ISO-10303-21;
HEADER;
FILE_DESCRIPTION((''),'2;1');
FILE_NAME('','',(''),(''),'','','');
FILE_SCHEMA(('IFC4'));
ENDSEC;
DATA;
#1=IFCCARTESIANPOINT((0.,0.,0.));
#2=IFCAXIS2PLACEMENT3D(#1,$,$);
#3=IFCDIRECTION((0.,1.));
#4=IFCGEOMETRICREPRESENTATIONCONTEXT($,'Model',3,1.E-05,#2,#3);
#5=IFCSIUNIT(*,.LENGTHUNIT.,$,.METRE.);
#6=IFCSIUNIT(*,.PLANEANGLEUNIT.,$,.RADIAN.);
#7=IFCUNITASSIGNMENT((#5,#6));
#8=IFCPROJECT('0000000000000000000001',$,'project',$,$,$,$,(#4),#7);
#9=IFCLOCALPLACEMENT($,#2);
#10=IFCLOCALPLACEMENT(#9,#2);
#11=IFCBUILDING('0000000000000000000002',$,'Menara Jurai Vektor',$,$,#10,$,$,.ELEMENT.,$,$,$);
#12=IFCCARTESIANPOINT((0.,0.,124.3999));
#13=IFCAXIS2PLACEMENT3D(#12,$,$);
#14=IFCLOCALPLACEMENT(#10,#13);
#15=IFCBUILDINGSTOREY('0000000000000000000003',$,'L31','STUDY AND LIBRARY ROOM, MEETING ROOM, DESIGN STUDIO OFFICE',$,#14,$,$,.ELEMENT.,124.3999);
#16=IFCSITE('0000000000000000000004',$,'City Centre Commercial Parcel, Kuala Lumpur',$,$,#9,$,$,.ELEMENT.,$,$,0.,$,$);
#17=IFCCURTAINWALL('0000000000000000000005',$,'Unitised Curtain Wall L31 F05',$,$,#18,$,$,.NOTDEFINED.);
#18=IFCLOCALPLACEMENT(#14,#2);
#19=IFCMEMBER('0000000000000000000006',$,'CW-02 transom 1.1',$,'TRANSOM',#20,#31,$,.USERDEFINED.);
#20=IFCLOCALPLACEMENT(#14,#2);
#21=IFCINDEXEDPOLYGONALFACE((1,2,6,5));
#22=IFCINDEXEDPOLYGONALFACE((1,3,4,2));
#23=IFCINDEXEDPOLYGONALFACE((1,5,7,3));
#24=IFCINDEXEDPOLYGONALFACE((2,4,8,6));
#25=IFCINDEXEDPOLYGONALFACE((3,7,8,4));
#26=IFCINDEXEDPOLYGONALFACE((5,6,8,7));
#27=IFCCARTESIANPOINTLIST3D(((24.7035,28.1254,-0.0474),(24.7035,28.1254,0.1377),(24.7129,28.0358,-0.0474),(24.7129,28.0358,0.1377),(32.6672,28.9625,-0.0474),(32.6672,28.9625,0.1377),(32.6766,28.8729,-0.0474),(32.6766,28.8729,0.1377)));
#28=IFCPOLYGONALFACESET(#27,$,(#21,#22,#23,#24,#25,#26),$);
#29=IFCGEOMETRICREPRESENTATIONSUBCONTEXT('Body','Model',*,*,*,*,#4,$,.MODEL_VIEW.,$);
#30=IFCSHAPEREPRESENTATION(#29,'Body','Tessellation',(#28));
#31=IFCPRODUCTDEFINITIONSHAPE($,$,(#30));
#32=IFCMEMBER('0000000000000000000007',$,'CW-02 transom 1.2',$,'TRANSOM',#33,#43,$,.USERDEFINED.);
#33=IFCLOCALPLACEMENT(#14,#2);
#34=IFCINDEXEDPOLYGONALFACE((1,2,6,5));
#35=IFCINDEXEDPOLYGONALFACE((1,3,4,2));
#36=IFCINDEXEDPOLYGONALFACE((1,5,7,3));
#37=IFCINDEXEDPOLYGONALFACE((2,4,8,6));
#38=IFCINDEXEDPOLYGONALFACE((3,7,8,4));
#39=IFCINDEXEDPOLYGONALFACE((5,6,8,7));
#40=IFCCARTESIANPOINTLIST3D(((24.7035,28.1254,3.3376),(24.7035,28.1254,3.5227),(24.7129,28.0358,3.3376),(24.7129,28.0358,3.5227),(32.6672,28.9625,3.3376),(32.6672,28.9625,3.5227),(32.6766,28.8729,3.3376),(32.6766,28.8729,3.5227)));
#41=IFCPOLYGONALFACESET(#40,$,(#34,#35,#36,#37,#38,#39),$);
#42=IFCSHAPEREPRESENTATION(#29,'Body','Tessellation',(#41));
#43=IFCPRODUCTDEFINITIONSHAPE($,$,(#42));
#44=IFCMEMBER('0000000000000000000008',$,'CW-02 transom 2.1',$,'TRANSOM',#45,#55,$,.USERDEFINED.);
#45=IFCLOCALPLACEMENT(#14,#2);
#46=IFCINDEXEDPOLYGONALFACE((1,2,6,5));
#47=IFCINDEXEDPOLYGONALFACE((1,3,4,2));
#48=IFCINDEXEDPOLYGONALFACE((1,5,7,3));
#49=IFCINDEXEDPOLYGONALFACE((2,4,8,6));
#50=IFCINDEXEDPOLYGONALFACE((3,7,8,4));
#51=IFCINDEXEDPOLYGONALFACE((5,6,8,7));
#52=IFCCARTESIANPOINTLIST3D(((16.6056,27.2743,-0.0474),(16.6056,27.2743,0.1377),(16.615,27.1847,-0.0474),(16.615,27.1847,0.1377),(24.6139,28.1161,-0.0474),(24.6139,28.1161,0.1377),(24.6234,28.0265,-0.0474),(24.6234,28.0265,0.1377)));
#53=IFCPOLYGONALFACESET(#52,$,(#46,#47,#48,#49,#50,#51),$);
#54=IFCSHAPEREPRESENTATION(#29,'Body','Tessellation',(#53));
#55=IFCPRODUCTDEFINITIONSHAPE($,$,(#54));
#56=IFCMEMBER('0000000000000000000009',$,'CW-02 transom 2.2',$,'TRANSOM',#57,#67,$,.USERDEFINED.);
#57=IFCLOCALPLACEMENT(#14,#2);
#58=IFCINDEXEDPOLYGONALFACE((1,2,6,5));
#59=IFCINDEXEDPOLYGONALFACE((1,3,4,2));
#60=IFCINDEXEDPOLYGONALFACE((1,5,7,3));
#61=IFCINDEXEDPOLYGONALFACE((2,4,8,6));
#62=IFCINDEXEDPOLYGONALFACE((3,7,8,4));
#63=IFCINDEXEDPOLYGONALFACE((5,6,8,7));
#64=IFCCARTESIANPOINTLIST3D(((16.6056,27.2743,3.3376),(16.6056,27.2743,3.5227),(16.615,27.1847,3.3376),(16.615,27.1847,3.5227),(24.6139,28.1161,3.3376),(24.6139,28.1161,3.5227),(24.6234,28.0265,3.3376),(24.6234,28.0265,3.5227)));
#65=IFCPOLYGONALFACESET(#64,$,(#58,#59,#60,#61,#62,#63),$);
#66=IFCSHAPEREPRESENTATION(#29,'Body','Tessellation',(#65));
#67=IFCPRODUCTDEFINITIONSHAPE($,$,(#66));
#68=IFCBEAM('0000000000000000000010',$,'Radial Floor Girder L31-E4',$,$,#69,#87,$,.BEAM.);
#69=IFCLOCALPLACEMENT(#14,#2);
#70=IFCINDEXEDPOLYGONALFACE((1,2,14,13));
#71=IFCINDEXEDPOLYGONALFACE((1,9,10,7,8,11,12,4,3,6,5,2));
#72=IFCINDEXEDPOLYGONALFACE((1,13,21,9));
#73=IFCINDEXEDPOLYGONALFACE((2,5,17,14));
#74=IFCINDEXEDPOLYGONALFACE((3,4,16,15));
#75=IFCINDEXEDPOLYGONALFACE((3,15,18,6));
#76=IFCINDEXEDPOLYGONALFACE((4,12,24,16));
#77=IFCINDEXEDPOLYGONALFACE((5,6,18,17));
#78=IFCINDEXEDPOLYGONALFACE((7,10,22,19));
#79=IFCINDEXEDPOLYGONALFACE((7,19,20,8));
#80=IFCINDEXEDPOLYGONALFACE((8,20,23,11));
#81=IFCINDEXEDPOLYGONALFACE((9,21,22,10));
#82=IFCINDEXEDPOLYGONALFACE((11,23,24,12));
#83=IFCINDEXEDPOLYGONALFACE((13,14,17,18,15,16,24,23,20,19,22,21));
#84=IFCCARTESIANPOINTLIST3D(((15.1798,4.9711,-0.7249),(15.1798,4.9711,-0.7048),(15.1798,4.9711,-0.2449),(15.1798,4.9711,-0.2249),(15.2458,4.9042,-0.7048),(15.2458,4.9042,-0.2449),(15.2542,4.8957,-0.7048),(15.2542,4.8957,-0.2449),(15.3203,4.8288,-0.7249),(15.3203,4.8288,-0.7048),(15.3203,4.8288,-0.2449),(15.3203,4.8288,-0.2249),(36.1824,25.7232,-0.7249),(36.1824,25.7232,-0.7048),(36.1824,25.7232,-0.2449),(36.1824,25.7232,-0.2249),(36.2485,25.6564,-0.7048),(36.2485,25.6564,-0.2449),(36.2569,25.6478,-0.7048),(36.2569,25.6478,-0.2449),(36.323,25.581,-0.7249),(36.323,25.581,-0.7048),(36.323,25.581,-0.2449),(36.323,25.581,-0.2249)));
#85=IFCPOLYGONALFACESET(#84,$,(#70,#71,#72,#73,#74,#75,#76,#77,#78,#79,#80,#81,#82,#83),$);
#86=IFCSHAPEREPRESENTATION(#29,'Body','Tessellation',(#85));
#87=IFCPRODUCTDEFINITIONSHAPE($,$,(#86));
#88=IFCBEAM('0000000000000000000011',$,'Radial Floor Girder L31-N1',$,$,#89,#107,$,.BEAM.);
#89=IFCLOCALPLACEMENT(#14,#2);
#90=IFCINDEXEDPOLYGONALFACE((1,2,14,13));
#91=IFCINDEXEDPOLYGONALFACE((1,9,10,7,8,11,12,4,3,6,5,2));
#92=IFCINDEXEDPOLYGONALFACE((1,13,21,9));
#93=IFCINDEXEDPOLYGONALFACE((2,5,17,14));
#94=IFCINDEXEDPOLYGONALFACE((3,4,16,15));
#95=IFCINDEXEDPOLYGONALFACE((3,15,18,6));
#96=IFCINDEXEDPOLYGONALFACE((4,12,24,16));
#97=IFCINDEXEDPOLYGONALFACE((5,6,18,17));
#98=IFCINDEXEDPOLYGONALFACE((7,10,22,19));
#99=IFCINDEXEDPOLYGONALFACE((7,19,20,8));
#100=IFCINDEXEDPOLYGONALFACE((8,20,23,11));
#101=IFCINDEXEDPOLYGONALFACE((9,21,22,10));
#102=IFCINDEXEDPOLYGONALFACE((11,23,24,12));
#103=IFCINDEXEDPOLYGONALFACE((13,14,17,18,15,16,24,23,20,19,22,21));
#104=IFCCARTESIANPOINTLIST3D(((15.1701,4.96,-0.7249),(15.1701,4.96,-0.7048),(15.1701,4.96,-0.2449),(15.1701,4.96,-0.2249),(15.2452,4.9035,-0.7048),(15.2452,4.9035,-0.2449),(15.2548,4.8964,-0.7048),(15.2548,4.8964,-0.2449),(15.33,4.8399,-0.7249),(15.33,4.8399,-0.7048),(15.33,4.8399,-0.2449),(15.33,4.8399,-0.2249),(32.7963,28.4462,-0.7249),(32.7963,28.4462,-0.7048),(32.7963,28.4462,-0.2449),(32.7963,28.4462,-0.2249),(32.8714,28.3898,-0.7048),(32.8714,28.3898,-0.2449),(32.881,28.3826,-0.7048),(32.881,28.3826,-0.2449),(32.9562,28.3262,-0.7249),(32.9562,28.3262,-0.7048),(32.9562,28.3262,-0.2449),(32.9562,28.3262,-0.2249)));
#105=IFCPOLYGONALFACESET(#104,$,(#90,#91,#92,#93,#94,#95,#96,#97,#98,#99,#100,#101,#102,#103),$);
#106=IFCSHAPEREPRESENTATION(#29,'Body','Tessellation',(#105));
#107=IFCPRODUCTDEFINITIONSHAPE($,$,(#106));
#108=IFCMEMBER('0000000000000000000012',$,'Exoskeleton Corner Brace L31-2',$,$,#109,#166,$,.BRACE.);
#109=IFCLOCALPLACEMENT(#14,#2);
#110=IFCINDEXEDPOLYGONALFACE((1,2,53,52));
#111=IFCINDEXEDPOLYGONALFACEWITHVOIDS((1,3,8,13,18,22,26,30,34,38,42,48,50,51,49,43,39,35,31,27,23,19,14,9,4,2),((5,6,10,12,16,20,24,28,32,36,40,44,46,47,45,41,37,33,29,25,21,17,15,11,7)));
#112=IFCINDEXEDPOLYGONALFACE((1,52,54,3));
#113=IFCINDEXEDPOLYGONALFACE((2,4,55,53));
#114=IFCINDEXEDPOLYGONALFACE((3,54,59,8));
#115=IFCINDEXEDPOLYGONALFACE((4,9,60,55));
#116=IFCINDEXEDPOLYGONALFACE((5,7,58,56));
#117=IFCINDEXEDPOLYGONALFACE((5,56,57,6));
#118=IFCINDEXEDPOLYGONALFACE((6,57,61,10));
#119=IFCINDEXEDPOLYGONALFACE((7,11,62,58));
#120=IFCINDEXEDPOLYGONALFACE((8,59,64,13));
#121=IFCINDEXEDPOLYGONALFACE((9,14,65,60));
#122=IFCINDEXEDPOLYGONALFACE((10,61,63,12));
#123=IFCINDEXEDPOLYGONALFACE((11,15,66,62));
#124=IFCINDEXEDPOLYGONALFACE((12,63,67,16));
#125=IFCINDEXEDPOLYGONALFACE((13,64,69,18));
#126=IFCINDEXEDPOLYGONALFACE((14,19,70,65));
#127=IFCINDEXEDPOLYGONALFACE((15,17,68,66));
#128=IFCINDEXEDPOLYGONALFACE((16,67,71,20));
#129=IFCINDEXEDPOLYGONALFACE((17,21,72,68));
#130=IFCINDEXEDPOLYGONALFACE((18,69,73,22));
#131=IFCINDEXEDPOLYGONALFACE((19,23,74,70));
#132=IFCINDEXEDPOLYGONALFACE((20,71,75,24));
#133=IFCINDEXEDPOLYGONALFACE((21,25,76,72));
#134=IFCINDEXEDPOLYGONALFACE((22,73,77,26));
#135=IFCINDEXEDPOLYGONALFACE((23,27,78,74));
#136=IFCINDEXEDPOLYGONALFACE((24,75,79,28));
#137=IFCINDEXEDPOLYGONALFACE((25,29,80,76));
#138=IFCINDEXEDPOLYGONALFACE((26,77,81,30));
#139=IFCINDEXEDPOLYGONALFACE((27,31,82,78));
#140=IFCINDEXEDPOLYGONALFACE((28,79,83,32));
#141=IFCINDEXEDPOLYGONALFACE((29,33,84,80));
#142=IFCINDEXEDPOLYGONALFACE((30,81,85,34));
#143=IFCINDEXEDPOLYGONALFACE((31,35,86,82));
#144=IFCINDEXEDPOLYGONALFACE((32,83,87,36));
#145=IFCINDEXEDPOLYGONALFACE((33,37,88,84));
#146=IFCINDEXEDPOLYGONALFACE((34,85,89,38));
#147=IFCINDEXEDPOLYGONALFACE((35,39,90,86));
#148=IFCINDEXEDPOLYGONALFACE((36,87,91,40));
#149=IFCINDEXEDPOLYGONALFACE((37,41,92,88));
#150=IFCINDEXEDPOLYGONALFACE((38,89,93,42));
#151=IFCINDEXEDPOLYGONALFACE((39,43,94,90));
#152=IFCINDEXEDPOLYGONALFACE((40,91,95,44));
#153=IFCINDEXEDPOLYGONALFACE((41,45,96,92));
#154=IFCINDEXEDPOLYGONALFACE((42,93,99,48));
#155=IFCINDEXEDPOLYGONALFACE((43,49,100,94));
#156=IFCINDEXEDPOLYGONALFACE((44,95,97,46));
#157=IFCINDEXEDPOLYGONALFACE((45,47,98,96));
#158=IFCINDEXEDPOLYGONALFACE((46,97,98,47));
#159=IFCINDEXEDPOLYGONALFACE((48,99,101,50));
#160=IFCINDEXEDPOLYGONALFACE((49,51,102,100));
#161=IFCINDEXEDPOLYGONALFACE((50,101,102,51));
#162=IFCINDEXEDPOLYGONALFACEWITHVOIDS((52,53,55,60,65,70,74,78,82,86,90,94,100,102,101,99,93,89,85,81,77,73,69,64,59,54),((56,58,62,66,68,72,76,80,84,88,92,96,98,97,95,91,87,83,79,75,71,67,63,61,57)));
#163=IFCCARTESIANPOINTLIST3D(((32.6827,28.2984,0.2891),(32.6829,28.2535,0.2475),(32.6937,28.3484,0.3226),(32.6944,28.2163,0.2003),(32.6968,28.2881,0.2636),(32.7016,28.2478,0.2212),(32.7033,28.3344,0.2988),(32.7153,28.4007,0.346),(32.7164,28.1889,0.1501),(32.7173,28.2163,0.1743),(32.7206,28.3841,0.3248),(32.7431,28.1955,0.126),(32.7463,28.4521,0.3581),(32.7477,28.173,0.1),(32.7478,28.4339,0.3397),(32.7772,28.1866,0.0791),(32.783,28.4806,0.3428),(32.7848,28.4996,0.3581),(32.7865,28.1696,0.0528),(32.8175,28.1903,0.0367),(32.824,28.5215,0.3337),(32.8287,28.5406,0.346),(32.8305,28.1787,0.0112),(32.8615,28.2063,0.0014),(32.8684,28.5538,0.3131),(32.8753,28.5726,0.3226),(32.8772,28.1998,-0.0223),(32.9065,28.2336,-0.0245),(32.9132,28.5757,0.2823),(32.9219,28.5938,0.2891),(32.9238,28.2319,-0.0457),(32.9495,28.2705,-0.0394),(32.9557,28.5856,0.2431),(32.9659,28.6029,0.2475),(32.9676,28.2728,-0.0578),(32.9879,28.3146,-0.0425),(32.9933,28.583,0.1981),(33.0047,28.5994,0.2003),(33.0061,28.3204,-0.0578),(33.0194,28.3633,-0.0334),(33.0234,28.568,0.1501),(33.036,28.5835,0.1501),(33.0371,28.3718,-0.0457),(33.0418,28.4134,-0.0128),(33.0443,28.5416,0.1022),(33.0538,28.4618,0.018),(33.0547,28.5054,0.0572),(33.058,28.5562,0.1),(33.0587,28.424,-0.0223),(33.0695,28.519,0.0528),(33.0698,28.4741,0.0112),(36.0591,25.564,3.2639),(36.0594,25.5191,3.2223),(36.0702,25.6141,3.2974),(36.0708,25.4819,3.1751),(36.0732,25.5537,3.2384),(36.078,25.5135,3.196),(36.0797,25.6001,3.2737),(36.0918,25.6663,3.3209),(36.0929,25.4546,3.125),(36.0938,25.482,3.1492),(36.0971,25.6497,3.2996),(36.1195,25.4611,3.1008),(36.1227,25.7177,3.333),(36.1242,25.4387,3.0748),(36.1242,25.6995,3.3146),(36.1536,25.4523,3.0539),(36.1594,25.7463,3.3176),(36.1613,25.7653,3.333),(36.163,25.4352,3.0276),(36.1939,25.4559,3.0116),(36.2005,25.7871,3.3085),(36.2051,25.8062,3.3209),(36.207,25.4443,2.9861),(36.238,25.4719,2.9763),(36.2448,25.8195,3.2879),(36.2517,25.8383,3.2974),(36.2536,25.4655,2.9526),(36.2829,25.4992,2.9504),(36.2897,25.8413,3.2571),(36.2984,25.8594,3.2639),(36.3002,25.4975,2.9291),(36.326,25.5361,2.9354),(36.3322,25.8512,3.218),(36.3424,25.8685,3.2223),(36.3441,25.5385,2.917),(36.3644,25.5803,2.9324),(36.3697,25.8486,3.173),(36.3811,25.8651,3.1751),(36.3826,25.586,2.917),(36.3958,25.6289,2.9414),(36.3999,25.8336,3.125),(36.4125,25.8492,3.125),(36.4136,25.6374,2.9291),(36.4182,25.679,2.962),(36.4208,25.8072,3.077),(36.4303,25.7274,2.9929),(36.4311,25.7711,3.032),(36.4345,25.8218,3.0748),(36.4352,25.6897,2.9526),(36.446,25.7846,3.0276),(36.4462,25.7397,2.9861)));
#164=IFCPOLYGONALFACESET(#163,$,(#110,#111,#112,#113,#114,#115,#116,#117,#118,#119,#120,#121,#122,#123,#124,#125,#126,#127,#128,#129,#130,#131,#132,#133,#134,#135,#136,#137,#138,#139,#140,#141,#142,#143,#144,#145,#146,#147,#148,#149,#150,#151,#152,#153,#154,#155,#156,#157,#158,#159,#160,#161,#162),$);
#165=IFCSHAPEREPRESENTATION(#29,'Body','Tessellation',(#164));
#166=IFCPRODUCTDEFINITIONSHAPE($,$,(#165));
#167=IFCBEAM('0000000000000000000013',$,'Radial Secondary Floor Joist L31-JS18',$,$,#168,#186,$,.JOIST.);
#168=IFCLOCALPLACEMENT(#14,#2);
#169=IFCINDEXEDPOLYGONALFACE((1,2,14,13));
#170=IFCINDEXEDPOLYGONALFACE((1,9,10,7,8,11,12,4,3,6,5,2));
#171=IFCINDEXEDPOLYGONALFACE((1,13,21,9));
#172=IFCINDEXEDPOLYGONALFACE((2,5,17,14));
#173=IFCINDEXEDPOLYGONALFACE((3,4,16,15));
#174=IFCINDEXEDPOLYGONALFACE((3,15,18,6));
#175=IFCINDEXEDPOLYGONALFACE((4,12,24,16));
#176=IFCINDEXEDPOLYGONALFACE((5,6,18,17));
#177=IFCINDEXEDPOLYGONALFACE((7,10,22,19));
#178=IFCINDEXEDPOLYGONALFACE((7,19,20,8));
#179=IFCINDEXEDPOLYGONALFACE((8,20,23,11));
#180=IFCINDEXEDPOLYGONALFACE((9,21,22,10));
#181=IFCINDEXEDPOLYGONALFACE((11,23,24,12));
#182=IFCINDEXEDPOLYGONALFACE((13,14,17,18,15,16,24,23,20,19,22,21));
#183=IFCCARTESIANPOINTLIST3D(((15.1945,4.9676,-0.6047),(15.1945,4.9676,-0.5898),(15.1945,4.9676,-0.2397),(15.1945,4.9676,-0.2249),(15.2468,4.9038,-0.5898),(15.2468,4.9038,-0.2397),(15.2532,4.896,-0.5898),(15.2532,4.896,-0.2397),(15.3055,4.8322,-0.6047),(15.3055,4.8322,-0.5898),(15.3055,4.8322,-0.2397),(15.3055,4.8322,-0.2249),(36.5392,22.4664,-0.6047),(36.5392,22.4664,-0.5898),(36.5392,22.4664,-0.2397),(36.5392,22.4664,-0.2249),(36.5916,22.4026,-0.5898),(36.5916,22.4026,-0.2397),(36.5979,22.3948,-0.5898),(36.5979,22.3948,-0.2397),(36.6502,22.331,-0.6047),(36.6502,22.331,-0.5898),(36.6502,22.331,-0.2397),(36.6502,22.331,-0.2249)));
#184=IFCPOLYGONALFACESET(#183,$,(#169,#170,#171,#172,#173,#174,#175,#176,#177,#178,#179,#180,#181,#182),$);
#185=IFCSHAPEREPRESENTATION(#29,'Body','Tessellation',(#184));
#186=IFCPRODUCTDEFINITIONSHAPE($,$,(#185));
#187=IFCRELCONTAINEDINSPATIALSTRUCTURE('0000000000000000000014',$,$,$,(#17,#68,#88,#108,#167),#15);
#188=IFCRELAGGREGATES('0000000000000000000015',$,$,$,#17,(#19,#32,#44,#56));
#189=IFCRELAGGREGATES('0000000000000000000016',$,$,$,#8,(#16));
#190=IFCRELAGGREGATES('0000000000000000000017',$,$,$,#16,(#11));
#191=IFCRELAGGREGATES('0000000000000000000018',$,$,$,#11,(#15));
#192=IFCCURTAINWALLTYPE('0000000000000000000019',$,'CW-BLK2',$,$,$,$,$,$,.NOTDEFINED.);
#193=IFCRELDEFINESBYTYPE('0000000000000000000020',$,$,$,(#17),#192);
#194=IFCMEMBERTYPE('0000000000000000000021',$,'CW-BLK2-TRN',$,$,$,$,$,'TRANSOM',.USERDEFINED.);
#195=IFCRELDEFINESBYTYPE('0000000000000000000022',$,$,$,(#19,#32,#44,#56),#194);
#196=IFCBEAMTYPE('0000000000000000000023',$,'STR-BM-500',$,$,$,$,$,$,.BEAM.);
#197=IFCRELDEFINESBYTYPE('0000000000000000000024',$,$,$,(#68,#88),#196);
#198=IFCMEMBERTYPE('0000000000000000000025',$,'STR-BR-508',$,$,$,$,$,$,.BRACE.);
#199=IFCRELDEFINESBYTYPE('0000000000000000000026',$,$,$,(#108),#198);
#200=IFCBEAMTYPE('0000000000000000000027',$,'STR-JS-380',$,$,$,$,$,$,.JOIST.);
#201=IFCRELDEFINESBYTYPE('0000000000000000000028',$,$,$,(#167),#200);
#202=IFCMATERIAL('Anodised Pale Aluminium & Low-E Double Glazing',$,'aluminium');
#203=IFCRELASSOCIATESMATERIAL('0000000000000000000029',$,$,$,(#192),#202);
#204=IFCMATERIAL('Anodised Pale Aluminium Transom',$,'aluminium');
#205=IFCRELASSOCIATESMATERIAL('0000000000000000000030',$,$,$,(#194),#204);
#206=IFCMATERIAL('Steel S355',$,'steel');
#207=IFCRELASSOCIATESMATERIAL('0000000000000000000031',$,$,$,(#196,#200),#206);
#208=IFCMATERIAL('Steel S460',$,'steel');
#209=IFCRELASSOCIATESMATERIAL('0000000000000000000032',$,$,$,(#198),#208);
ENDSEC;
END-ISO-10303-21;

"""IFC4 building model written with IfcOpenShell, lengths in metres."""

from ifc_helpers import new_model, si_unit, direction, frame, origin, origin_2d, place, context, subcontext, project, spatial, rectangle, hollow_circle, i_section, extrude, material, material_profile, profile_set, type_object, element, aggregate, save


model = new_model("IFC4")

# Units and contexts
model_context = context("Model", 3, precision=1e-05, world=origin(), true_north=direction((0.0, 1.0)))
body_context = subcontext(model_context, "Body", "Model", "MODEL_VIEW")
ifc_project = project(units=[si_unit("LENGTHUNIT", "METRE"), si_unit("PLANEANGLEUNIT", "RADIAN")], contexts=[model_context])

# Site, building, storey
site_placement = place(None, origin())
site = spatial("IfcSite", under=ifc_project, at=site_placement, Name="City Centre Commercial Parcel, Kuala Lumpur", CompositionType="ELEMENT", RefElevation=0.0)
building_placement = place(site_placement, origin())
building = spatial("IfcBuilding", under=site, at=building_placement, Name="Menara Jurai Vektor", CompositionType="ELEMENT")
storey_placement = place(building_placement, frame((0.0, 0.0, 124.3999)))
storey = spatial("IfcBuildingStorey", under=building, at=storey_placement, Name="L31", Description="STUDY AND LIBRARY ROOM, MEETING ROOM, DESIGN STUDIO OFFICE", CompositionType="ELEMENT", Elevation=124.3999)

# Shared definitions
ifc_material_1 = material(Name="Steel S460", Category="steel")

# Shared definitions
ifc_material_2 = material(Name="Anodised Pale Aluminium & Low-E Double Glazing", Category="aluminium")
curtain_wall_type = type_object("IfcCurtainWallType", Name="CW-BLK2", PredefinedType="NOTDEFINED", material=ifc_material_2)

# Curtain wall
curtain_wall_1_placement = place(storey_placement, origin())
curtain_wall_1 = element("IfcCurtainWall", 1, at=curtain_wall_1_placement, inside=storey, type_object=curtain_wall_type, Name="Unitised Curtain Wall L31 F05", PredefinedType="NOTDEFINED")

# Members
ifc_material_3 = material(Name="Anodised Pale Aluminium Transom", Category="aluminium")
ifc_material_profile_1 = material_profile(ifc_material_3, rectangle(XDim=0.0901, YDim=0.1851, at=origin_2d()), Name="ALU TRN 90x185")
ifc_profile_set_1 = profile_set([ifc_material_profile_1], Name="Anodised Pale Aluminium Transom")
member_type_1 = type_object("IfcMemberType", Name="CW-BLK2-TRN", ElementType="TRANSOM", PredefinedType="USERDEFINED", material=ifc_profile_set_1)
member_1_placement = place(storey_placement, frame((32.6719, 28.9177, 0.0452), z_axis=(-0.99452, -0.104547, 0.0), x_axis=(0.104547, -0.99452, 0.0)))
member_1 = element("IfcMember", 2, at=member_1_placement, type_object=member_type_1, Name="CW-02 transom 1.1", ObjectType="TRANSOM", PredefinedType="USERDEFINED", context=body_context, shape_type="SweptSolid", body=[
    extrude(rectangle(XDim=0.0901, YDim=0.1851, at=origin_2d()), origin(), (0.0, 0.0, 1.0), 8.0076),
])
member_2_placement = place(storey_placement, frame((32.6719, 28.9177, 3.4302), z_axis=(-0.99452, -0.104547, 0.0), x_axis=(0.104547, -0.99452, 0.0)))
member_2 = element("IfcMember", 3, at=member_2_placement, type_object=member_type_1, Name="CW-02 transom 1.2", ObjectType="TRANSOM", PredefinedType="USERDEFINED", context=body_context, shape_type="SweptSolid", body=[
    extrude(rectangle(XDim=0.0901, YDim=0.1851, at=origin_2d()), origin(), (0.0, 0.0, 1.0), 8.0076),
])
member_3_placement = place(storey_placement, frame((24.6187, 28.0713, 0.0452), z_axis=(-0.994521, -0.10454, 0.0), x_axis=(0.10454, -0.994521, 0.0)))
member_3 = element("IfcMember", 4, at=member_3_placement, type_object=member_type_1, Name="CW-02 transom 2.1", ObjectType="TRANSOM", PredefinedType="USERDEFINED", context=body_context, shape_type="SweptSolid", body=[
    extrude(rectangle(XDim=0.0901, YDim=0.1851, at=origin_2d()), origin(), (0.0, 0.0, 1.0), 8.0525),
])
member_4_placement = place(storey_placement, frame((24.6187, 28.0713, 3.4302), z_axis=(-0.994521, -0.10454, 0.0), x_axis=(0.10454, -0.994521, 0.0)))
member_4 = element("IfcMember", 5, at=member_4_placement, type_object=member_type_1, Name="CW-02 transom 2.2", ObjectType="TRANSOM", PredefinedType="USERDEFINED", context=body_context, shape_type="SweptSolid", body=[
    extrude(rectangle(XDim=0.0901, YDim=0.1851, at=origin_2d()), origin(), (0.0, 0.0, 1.0), 8.0525),
])

# Beams
ifc_material_4 = material(Name="Steel S355", Category="steel")
ifc_material_profile_2 = material_profile(ifc_material_4, i_section(OverallWidth=0.2, OverallDepth=0.5, WebThickness=0.012, FlangeThickness=0.02, at=origin_2d()), Name="PG 500x200x96")
ifc_profile_set_2 = profile_set([ifc_material_profile_2], Name="Steel S355")
beam_type_1 = type_object("IfcBeamType", Name="STR-BM-500", PredefinedType="BEAM", material=ifc_profile_set_2)
beam_1_placement = place(storey_placement, frame((36.2527, 25.6521, -0.4749), z_axis=(-0.711336, -0.702852, 0.0), x_axis=(0.702852, -0.711336, 0.0)))
element("IfcBeam", 6, at=beam_1_placement, inside=storey, type_object=beam_type_1, Name="Radial Floor Girder L31-E4", PredefinedType="BEAM", context=body_context, shape_type="SweptSolid", body=[
    extrude(i_section(OverallWidth=0.2, OverallDepth=0.5, WebThickness=0.012, FlangeThickness=0.02, at=origin_2d()), origin(), (0.0, 0.0, 1.0), 29.5256),
])
beam_2_placement = place(storey_placement, frame((32.8762, 28.3862, -0.4749), z_axis=(-0.60025, -0.799812, 0.0), x_axis=(0.799812, -0.60025, 0.0)))
element("IfcBeam", 7, at=beam_2_placement, inside=storey, type_object=beam_type_1, Name="Radial Floor Girder L31-N1", PredefinedType="BEAM", context=body_context, shape_type="SweptSolid", body=[
    extrude(i_section(OverallWidth=0.2, OverallDepth=0.5, WebThickness=0.012, FlangeThickness=0.02, at=origin_2d()), origin(), (0.0, 0.0, 1.0), 29.3647),
])

# Member
ifc_material_profile_3 = material_profile(ifc_material_1, hollow_circle(Radius=0.2539, WallThickness=0.02, at=origin_2d()), Name="CHS 508x20")
ifc_profile_set_3 = profile_set([ifc_material_profile_3], Name="Steel S460")
member_type_2 = type_object("IfcMemberType", Name="STR-BR-508", PredefinedType="BRACE", material=ifc_profile_set_3)
member_5_placement = place(storey_placement, frame((32.8762, 28.3862, 0.1501), z_axis=(0.641225, -0.519285, 0.564955), x_axis=(0.629344, 0.777127, 0.0)))
element("IfcMember", 8, at=member_5_placement, inside=storey, type_object=member_type_2, Name="Exoskeleton Corner Brace L31-2", PredefinedType="BRACE", context=body_context, shape_type="SweptSolid", body=[
    extrude(hollow_circle(Radius=0.2539, WallThickness=0.02, at=origin_2d()), origin(), (0.0, 0.0, 1.0), 5.2656),
])

# Beam
ifc_material_profile_4 = material_profile(ifc_material_4, i_section(OverallWidth=0.175, OverallDepth=0.3799, WebThickness=0.01, FlangeThickness=0.0149, at=origin_2d()), Name="PG 380x175x58")
ifc_profile_set_4 = profile_set([ifc_material_profile_4], Name="Steel S355")
beam_type_2 = type_object("IfcBeamType", Name="STR-JS-380", PredefinedType="JOIST", material=ifc_profile_set_4)
beam_3_placement = place(storey_placement, frame((36.5947, 22.3987, -0.4148), z_axis=(-0.773337, -0.633995, 0.0), x_axis=(0.633995, -0.773337, 0.0)))
element("IfcBeam", 9, at=beam_3_placement, inside=storey, type_object=beam_type_2, Name="Radial Secondary Floor Joist L31-JS18", PredefinedType="JOIST", context=body_context, shape_type="SweptSolid", body=[
    extrude(i_section(OverallWidth=0.175, OverallDepth=0.3799, WebThickness=0.01, FlangeThickness=0.0149, at=origin_2d()), origin(), (0.0, 0.0, 1.0), 27.6008),
])

aggregate(curtain_wall_1, [member_1, member_2, member_3, member_4])

save(model, "model.ifc")
